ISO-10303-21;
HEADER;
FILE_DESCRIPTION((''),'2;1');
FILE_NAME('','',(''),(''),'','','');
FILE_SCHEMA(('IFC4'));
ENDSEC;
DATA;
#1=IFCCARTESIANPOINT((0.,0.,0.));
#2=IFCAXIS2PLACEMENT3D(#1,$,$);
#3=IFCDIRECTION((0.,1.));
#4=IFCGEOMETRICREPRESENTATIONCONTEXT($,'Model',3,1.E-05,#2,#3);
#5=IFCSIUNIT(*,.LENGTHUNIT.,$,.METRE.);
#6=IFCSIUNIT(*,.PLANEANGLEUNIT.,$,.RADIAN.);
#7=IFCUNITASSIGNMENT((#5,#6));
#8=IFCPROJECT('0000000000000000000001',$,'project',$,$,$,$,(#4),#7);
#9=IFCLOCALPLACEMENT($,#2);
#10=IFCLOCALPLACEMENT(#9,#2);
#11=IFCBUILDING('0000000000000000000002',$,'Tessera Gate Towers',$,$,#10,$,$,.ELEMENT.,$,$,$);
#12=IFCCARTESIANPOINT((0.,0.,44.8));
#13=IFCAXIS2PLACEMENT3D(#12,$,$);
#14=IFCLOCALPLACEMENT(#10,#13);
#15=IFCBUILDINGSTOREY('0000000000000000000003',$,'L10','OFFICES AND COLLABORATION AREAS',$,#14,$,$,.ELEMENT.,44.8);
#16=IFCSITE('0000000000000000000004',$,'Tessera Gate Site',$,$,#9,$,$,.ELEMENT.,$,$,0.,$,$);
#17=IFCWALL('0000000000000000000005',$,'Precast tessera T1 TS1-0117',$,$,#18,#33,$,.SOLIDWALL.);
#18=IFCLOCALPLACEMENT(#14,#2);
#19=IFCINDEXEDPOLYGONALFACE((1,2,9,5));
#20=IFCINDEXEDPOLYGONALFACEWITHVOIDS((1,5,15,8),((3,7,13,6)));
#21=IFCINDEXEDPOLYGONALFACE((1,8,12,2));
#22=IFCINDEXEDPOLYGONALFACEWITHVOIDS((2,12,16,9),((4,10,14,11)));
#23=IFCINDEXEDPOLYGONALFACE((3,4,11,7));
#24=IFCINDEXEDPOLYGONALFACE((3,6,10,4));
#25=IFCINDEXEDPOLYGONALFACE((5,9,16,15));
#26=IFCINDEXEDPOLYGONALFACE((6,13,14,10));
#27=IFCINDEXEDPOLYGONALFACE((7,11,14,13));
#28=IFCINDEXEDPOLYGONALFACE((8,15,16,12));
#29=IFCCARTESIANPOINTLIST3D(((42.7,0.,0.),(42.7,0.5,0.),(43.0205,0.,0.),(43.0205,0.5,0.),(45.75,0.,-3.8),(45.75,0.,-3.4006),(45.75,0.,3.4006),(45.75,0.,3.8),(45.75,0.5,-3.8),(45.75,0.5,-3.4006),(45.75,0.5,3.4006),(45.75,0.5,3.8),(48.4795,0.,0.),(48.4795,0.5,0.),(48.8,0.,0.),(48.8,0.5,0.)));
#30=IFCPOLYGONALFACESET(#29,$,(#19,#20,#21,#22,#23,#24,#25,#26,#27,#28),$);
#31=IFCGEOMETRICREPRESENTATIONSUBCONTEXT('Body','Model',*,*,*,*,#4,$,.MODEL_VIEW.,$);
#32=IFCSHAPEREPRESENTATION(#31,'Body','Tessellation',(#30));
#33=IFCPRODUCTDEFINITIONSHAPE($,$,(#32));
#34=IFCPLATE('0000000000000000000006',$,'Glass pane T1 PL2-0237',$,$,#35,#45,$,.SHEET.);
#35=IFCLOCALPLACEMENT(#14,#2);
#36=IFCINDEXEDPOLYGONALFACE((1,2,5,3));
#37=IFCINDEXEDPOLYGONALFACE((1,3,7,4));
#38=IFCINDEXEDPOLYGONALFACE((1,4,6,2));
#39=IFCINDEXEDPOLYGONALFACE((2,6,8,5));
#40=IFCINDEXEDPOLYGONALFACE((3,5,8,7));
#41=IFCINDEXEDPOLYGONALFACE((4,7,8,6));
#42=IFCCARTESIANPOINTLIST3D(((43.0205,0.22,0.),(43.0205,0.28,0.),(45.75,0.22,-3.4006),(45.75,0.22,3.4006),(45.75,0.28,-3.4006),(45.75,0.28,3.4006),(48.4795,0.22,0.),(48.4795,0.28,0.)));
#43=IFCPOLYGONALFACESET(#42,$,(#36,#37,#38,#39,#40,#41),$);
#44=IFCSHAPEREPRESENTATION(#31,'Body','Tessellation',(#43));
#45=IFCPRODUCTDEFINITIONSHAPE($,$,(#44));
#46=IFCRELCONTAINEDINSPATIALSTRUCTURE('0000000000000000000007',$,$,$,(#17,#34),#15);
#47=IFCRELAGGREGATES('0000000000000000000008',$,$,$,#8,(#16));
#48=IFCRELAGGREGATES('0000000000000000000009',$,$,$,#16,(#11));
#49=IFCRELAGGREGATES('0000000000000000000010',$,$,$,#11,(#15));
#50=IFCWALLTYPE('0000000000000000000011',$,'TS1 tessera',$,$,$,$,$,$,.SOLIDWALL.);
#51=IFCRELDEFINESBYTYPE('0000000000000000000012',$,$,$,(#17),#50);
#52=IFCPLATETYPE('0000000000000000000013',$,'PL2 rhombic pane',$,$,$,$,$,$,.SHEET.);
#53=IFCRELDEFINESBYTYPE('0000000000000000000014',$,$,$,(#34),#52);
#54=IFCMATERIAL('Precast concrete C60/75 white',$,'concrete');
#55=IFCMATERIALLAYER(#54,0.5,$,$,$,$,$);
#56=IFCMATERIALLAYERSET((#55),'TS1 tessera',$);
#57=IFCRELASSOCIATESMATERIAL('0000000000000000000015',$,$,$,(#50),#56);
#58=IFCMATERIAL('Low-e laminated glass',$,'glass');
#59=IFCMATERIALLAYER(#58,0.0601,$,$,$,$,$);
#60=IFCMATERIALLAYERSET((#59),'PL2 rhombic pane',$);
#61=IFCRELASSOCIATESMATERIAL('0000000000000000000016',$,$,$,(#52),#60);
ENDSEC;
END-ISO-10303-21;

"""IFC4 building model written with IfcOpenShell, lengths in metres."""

from ifc_helpers import new_model, si_unit, direction, frame, origin, place, context, subcontext, project, spatial, polyline, outline, extrude, source, transform, mapped, material, layer, layer_set, type_object, element, fill, save


model = new_model("IFC4")

# Units and contexts
model_context = context("Model", 3, precision=1e-05, world=origin(), true_north=direction((0.0, 1.0)))
body_context = subcontext(model_context, "Body", "Model", "MODEL_VIEW")
ifc_project = project(units=[si_unit("LENGTHUNIT", "METRE"), si_unit("PLANEANGLEUNIT", "RADIAN")], contexts=[model_context])

# Site, building, storey
site_placement = place(None, origin())
site = spatial("IfcSite", under=ifc_project, at=site_placement, Name="Tessera Gate Site", CompositionType="ELEMENT", RefElevation=0.0)
building_placement = place(site_placement, origin())
building = spatial("IfcBuilding", under=site, at=building_placement, Name="Tessera Gate Towers", CompositionType="ELEMENT")
storey_placement = place(building_placement, frame((0.0, 0.0, 44.8)))
storey = spatial("IfcBuildingStorey", under=building, at=storey_placement, Name="L10", Description="OFFICES AND COLLABORATION AREAS", CompositionType="ELEMENT", Elevation=44.8)

# Wall, opening, plate
ifc_material_1 = material(Name="Precast concrete C60/75 white", Category="concrete")
ifc_layer_1 = layer(ifc_material_1, 0.5)
ifc_layer_set_1 = layer_set([ifc_layer_1], Name="TS1 tessera")
wall_type_1 = type_object("IfcWallType", Name="TS1 tessera", PredefinedType="SOLIDWALL", material=ifc_layer_set_1)
shared_shape_1 = source(origin(), body_context, "Body", "SweptSolid", [
    extrude(outline(polyline([(3.05, 0.0), (6.1001, 3.8), (3.05, 7.6001), (0.0, 3.8), (3.05, 0.0)])), frame((0.0, 0.25, 0.0), z_axis=(0.0, -1.0, 0.0), x_axis=(1.0, 0.0, 0.0)), (0.0, 0.0, 1.0), 0.5),
])
wall_1_placement = place(storey_placement, frame((42.7, 0.25, -3.8), z_axis=(0.0, 0.0, 1.0), x_axis=(1.0, 0.0, 0.0)))
wall_1 = element("IfcWall", 1, at=wall_1_placement, inside=storey, type_object=wall_type_1, Name="Precast tessera T1 TS1-0117", PredefinedType="SOLIDWALL", context=body_context, shape_type="MappedRepresentation", body=[
    mapped(shared_shape_1, transform((0.0, 0.0, 0.0), scale=1.0)),
])
shared_shape_2 = source(origin(), body_context, "Body", "SweptSolid", [
    extrude(outline(polyline([(3.05, 0.3994), (5.7795, 3.8), (3.05, 7.2007), (0.3206, 3.8), (3.05, 0.3994)])), frame((0.0, 0.26, 0.0), z_axis=(0.0, -1.0, 0.0), x_axis=(1.0, 0.0, 0.0)), (0.0, 0.0, 1.0), 0.52),
])
opening_1_placement = place(wall_1_placement, origin())
opening_1 = element("IfcOpeningElement", 2, at=opening_1_placement, cuts=wall_1, PredefinedType="OPENING", context=body_context, shape_type="MappedRepresentation", body=[
    mapped(shared_shape_2, transform((0.0, 0.0, 0.0), scale=1.0)),
])
ifc_material_2 = material(Name="Low-e laminated glass", Category="glass")
ifc_layer_2 = layer(ifc_material_2, 0.0601)
ifc_layer_set_2 = layer_set([ifc_layer_2], Name="PL2 rhombic pane")
plate_type = type_object("IfcPlateType", Name="PL2 rhombic pane", PredefinedType="SHEET", material=ifc_layer_set_2)
shared_shape_3 = source(origin(), body_context, "Body", "SweptSolid", [
    extrude(outline(polyline([(3.05, 0.3994), (5.7795, 3.8), (3.05, 7.2007), (0.3206, 3.8), (3.05, 0.3994)])), frame((0.0, 0.03, 0.0), z_axis=(0.0, -1.0, 0.0), x_axis=(1.0, 0.0, 0.0)), (0.0, 0.0, 1.0), 0.0601),
])
plate_placement = place(opening_1_placement, origin())
plate = element("IfcPlate", 3, at=plate_placement, inside=storey, type_object=plate_type, Name="Glass pane T1 PL2-0237", PredefinedType="SHEET", context=body_context, shape_type="MappedRepresentation", body=[
    mapped(shared_shape_3, transform((0.0, 0.0, 0.0), scale=1.0)),
])
fill(opening_1, plate)

save(model, "model.ifc")
